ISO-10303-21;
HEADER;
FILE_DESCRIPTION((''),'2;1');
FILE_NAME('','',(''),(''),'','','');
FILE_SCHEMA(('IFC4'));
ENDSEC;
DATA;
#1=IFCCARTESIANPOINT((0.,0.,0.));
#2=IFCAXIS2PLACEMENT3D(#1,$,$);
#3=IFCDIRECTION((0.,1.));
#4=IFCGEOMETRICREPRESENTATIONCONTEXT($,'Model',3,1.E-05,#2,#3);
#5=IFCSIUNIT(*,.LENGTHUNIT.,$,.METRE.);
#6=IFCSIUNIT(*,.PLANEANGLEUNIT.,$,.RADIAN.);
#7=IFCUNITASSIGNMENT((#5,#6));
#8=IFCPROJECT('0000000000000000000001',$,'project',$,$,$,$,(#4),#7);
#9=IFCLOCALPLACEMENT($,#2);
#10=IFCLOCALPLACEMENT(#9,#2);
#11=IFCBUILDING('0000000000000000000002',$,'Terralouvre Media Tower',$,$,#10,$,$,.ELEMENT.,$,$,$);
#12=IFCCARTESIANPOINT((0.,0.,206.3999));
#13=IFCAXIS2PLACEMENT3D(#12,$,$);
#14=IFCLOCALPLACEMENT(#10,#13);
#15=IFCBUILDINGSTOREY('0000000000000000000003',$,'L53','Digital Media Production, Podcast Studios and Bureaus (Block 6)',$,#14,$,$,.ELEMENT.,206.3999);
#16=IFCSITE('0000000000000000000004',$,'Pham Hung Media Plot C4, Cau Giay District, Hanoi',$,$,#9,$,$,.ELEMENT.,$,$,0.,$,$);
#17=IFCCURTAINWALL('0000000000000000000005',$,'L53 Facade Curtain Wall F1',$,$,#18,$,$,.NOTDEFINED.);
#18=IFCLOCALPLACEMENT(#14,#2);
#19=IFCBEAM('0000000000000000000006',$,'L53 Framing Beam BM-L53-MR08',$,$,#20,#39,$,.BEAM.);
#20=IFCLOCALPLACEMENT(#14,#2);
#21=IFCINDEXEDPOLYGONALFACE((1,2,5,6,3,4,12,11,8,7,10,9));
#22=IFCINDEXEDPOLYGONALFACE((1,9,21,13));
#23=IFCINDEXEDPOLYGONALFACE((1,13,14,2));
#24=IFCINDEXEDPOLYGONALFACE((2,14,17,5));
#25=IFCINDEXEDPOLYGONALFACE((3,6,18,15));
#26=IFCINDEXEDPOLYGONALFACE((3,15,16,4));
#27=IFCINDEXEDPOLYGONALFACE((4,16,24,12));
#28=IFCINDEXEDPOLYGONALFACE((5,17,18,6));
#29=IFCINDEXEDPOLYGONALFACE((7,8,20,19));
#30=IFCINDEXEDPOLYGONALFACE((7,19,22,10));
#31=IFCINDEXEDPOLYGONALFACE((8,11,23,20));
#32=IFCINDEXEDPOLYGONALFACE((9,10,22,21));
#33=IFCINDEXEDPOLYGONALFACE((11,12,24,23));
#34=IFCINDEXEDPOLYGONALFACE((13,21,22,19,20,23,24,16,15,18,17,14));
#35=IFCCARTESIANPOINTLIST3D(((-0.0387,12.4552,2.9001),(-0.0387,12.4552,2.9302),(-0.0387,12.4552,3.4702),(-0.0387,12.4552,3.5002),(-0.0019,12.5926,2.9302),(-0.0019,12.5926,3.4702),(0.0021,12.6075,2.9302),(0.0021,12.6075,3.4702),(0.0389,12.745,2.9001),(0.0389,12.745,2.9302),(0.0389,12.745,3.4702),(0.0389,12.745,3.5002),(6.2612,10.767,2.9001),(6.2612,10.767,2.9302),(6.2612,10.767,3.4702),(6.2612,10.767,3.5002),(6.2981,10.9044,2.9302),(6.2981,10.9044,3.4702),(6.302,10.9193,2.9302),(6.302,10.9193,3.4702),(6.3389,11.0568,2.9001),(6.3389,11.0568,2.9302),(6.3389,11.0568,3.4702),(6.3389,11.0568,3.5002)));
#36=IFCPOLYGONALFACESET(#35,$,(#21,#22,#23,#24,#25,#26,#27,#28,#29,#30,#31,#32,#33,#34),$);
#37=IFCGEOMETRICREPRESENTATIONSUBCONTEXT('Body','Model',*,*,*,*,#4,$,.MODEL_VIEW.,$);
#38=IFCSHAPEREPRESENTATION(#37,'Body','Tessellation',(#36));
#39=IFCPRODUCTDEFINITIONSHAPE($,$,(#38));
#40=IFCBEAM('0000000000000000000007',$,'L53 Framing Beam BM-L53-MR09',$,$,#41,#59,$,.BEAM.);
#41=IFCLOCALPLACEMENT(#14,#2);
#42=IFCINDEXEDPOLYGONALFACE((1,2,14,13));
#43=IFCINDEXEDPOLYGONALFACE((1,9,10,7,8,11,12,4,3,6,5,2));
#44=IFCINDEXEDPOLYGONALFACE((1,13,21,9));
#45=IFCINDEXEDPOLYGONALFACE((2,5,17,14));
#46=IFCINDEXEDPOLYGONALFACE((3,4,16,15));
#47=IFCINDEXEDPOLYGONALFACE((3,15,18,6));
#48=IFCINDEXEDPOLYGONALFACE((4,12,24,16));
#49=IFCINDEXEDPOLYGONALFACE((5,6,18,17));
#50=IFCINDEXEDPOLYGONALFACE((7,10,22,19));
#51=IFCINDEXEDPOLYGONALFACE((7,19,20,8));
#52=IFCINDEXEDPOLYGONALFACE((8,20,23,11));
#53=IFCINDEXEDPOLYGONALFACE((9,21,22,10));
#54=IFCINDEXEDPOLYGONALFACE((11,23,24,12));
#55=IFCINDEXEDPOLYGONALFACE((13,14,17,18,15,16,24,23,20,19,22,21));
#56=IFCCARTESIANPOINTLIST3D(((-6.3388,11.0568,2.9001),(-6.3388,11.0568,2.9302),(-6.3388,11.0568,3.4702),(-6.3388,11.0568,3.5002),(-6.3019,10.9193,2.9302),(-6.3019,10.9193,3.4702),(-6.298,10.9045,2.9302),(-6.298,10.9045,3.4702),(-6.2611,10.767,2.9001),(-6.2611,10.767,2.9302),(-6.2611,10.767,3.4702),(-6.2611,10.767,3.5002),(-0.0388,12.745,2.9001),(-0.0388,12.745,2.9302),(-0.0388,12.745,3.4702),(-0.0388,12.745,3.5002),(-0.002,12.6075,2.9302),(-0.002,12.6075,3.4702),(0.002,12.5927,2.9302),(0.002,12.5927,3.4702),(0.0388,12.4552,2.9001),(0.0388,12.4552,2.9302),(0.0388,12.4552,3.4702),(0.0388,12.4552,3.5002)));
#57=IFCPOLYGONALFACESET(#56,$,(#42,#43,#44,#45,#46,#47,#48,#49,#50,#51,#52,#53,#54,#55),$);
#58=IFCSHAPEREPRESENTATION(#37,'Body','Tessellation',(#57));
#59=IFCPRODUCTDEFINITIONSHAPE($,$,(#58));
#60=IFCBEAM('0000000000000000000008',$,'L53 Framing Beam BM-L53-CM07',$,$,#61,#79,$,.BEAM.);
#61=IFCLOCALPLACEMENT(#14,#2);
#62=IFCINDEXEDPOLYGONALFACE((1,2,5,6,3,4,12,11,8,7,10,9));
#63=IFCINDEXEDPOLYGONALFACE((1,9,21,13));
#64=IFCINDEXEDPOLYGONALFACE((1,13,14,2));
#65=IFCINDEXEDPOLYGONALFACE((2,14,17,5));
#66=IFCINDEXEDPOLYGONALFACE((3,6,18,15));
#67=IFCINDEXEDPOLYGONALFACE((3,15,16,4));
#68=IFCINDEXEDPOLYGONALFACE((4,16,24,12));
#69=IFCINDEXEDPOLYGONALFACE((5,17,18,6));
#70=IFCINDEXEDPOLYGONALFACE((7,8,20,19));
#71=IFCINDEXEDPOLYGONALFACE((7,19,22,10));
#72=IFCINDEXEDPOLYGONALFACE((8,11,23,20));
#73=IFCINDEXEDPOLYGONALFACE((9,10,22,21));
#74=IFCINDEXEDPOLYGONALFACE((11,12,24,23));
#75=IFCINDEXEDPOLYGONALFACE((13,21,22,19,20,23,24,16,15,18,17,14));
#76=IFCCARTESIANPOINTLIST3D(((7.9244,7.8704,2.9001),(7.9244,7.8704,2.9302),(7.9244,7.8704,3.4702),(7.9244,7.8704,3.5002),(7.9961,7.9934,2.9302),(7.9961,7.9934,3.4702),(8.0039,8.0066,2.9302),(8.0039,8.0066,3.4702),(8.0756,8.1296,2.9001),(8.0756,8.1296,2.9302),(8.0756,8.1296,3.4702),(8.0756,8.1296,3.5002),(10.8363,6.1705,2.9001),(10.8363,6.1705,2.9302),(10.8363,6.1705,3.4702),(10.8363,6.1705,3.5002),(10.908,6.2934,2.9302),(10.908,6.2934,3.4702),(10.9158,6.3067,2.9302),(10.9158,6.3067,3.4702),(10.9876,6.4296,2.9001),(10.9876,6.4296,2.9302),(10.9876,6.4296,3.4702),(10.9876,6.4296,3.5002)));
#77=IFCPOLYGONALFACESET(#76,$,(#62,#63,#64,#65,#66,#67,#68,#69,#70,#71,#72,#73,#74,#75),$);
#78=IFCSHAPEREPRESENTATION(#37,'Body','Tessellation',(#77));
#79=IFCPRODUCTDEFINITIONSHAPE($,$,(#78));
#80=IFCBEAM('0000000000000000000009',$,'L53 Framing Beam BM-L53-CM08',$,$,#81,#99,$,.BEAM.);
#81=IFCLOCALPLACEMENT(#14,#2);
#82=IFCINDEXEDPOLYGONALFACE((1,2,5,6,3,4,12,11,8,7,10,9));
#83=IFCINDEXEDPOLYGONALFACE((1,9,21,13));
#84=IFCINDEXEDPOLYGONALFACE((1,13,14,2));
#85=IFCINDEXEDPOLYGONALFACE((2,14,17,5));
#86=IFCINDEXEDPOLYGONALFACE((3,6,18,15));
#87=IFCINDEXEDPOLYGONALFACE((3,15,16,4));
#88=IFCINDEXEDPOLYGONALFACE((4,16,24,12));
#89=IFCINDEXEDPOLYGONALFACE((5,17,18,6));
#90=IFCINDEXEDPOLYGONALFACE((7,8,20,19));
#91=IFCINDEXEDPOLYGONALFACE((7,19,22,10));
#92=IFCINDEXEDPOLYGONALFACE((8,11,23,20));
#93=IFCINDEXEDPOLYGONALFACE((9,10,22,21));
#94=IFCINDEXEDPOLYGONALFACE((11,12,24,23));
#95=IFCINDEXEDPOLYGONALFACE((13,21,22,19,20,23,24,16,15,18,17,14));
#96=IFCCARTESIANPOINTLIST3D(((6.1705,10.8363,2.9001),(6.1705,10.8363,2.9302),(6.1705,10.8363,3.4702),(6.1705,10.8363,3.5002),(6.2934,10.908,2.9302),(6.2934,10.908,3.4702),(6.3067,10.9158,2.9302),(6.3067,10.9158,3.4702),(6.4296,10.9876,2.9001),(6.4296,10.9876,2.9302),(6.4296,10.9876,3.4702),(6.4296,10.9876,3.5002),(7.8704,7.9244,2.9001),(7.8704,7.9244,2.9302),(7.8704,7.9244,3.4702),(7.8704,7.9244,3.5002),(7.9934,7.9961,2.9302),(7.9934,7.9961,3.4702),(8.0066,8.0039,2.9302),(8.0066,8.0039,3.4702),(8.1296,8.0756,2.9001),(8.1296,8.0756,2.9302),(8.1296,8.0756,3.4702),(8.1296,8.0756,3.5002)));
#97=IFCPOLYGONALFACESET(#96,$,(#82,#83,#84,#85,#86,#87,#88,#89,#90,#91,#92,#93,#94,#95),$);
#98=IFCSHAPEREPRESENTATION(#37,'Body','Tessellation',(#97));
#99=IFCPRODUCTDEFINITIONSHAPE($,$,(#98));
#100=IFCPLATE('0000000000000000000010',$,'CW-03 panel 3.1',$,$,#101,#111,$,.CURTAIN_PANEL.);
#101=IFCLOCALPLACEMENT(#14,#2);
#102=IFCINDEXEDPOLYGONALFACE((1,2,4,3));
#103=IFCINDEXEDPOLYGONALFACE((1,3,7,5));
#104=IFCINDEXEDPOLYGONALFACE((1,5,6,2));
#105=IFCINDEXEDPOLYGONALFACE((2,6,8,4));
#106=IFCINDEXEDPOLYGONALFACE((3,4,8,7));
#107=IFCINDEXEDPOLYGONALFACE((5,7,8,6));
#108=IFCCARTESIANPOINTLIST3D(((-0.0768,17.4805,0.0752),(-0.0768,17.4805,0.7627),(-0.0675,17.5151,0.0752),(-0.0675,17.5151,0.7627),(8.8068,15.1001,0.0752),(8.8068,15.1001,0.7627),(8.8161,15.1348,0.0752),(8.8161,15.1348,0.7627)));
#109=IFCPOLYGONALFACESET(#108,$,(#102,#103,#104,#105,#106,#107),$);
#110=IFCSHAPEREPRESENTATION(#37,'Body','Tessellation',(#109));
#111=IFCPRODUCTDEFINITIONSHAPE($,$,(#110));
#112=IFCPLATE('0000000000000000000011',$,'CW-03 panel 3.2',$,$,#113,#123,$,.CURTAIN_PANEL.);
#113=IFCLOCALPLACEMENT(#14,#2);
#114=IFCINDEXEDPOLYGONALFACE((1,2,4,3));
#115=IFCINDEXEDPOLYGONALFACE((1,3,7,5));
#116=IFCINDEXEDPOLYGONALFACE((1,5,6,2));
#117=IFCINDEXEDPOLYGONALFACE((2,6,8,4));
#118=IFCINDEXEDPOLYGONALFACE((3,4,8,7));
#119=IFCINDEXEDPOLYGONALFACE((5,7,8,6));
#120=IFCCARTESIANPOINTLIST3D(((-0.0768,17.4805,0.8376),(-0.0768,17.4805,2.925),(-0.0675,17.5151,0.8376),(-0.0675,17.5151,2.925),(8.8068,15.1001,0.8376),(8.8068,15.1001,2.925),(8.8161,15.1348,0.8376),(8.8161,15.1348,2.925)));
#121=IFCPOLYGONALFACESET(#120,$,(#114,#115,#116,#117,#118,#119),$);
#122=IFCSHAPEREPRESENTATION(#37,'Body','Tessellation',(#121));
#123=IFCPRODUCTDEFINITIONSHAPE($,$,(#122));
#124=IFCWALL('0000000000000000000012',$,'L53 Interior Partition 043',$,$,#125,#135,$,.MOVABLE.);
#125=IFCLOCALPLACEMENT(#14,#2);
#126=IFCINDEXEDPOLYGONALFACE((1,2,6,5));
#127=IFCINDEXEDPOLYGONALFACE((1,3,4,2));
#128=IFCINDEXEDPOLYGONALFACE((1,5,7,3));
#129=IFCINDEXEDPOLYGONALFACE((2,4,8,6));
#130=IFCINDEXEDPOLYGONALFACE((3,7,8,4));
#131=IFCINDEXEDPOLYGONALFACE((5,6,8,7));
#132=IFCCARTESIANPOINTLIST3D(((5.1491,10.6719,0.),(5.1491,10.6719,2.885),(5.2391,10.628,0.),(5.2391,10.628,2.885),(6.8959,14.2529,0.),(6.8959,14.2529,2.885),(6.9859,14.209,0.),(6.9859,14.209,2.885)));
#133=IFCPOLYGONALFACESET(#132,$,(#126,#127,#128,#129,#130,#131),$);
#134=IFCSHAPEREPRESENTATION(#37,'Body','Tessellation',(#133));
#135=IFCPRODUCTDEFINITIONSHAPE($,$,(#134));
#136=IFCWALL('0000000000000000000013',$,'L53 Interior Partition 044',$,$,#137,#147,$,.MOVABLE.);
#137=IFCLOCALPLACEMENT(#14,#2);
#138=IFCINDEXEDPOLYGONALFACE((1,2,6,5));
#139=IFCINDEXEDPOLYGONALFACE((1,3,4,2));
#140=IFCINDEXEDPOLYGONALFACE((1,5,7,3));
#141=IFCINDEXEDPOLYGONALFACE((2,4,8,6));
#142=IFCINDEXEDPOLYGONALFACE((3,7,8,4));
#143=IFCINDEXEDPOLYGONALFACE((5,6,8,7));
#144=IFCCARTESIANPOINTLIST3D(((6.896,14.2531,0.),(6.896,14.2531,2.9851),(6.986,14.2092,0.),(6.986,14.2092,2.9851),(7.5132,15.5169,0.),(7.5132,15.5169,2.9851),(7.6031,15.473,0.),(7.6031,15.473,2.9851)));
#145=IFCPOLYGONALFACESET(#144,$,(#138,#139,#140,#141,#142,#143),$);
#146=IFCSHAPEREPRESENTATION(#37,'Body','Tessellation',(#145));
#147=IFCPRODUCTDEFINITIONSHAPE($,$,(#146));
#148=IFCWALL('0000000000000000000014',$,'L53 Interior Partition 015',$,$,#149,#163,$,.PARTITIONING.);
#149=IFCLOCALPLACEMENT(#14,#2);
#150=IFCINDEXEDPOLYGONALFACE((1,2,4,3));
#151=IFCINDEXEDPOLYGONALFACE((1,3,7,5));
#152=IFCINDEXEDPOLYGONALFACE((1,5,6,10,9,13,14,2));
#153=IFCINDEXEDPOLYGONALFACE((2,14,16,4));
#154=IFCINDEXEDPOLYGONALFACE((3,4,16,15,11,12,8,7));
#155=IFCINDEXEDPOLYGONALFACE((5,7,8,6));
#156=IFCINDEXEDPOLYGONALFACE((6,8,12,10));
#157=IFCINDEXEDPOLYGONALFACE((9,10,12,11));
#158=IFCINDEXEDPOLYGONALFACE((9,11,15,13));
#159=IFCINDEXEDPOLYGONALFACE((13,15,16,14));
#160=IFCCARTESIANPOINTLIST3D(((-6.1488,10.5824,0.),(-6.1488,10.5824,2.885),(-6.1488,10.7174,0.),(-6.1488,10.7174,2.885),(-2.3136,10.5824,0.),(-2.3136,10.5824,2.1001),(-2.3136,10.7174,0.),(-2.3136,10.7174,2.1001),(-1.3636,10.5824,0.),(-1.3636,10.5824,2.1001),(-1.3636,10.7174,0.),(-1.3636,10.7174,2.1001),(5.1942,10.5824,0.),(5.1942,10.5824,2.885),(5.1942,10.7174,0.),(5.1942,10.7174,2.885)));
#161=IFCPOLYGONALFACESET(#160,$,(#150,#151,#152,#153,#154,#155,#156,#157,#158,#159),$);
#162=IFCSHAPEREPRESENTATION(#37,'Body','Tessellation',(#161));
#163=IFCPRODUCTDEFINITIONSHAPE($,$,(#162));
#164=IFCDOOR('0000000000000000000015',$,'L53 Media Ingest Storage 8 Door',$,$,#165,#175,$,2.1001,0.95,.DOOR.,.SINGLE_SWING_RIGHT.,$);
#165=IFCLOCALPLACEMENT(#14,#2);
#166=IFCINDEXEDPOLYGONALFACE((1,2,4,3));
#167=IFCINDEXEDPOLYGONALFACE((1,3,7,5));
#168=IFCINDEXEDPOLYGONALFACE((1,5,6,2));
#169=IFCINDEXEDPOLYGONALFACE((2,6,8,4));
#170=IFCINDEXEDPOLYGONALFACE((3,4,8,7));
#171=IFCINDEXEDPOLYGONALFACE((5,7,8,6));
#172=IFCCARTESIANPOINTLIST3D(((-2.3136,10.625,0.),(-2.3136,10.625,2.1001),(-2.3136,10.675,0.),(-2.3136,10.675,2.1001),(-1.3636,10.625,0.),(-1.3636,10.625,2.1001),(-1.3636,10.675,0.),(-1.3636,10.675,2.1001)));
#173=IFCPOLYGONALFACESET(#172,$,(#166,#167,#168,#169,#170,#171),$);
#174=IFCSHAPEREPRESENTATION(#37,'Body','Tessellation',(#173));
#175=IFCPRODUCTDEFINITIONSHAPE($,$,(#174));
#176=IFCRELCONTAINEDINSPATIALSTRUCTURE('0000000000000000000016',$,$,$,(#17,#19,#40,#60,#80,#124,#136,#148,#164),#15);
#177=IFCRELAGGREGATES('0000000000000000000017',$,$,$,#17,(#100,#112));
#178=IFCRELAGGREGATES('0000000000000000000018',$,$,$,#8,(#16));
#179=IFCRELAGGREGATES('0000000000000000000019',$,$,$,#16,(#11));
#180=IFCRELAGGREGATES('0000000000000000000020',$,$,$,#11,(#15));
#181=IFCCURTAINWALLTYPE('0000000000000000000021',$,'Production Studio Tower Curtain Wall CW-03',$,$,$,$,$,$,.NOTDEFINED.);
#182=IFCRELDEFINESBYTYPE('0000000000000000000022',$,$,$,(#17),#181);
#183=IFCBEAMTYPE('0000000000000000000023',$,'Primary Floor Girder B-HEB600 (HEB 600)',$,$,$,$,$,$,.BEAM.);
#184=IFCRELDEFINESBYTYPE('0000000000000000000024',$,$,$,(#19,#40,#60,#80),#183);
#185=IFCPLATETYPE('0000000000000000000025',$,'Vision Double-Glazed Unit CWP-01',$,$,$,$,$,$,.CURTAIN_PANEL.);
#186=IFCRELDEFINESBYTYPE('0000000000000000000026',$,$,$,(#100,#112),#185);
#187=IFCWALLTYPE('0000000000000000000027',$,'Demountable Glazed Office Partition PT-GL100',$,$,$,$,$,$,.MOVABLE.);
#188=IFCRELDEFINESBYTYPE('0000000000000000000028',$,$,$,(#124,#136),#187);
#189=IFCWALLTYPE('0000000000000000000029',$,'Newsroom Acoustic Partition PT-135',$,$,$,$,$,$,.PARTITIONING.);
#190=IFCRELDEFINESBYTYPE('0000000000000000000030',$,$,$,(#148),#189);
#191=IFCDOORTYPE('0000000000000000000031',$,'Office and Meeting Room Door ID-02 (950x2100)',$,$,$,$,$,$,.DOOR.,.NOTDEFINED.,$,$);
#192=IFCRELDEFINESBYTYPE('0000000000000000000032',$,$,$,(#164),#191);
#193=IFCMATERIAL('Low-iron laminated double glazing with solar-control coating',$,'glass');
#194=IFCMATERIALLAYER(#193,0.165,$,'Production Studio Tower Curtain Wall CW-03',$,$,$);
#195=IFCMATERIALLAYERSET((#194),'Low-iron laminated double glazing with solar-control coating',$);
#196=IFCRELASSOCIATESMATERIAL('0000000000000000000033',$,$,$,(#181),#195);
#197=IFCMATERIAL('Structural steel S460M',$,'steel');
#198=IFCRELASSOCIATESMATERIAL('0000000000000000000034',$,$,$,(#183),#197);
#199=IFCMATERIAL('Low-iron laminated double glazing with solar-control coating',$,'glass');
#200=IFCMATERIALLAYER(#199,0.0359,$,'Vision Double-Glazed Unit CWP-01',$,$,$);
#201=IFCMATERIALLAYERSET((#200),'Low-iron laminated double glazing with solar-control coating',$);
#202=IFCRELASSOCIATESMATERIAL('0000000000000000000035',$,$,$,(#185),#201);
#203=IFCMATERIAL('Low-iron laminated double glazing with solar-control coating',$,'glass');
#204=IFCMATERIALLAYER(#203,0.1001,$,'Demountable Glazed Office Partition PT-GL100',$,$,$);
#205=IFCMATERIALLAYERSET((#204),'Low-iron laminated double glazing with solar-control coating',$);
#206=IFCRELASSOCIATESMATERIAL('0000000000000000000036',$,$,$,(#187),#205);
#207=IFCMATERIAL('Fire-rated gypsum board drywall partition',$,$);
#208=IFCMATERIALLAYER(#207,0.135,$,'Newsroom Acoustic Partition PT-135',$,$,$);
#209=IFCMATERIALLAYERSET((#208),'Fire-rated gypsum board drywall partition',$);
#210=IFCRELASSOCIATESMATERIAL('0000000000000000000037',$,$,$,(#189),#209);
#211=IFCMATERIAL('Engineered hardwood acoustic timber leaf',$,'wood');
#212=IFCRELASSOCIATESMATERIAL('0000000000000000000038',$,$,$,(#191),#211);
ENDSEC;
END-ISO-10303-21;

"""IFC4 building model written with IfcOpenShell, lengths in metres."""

from ifc_helpers import new_model, si_unit, direction, frame, frame_2d, origin, origin_2d, place, context, subcontext, project, spatial, rectangle, i_section, extrude, material, layer, layer_set, material_profile, profile_set, type_object, element, fill, aggregate, save


model = new_model("IFC4")

# Units and contexts
model_context = context("Model", 3, precision=1e-05, world=origin(), true_north=direction((0.0, 1.0)))
body_context = subcontext(model_context, "Body", "Model", "MODEL_VIEW")
ifc_project = project(units=[si_unit("LENGTHUNIT", "METRE"), si_unit("PLANEANGLEUNIT", "RADIAN")], contexts=[model_context])

# Site, building, storey
site_placement = place(None, origin())
site = spatial("IfcSite", under=ifc_project, at=site_placement, Name="Pham Hung Media Plot C4, Cau Giay District, Hanoi", CompositionType="ELEMENT", RefElevation=0.0)
building_placement = place(site_placement, origin())
building = spatial("IfcBuilding", under=site, at=building_placement, Name="Terralouvre Media Tower", CompositionType="ELEMENT")
storey_placement = place(building_placement, frame((0.0, 0.0, 206.3999)))
storey = spatial("IfcBuildingStorey", under=building, at=storey_placement, Name="L53", Description="Digital Media Production, Podcast Studios and Bureaus (Block 6)", CompositionType="ELEMENT", Elevation=206.3999)

# Curtain wall
ifc_material_1 = material(Name="Low-iron laminated double glazing with solar-control coating", Category="glass")
ifc_layer_1 = layer(ifc_material_1, 0.165, Name="Production Studio Tower Curtain Wall CW-03")
ifc_layer_set_1 = layer_set([ifc_layer_1], Name="Low-iron laminated double glazing with solar-control coating")
curtain_wall_type = type_object("IfcCurtainWallType", Name="Production Studio Tower Curtain Wall CW-03", PredefinedType="NOTDEFINED", material=ifc_layer_set_1)
curtain_wall_placement = place(storey_placement, origin())
curtain_wall = element("IfcCurtainWall", 1, at=curtain_wall_placement, inside=storey, type_object=curtain_wall_type, Name="L53 Facade Curtain Wall F1", PredefinedType="NOTDEFINED")

# Beams
ifc_material_2 = material(Name="Structural steel S460M", Category="steel")
ifc_material_profile_1 = material_profile(ifc_material_2, i_section(OverallWidth=0.3, OverallDepth=0.6001, WebThickness=0.0154, FlangeThickness=0.03, at=origin_2d()), Name="HEB 600")
ifc_profile_set_1 = profile_set([ifc_material_profile_1], Name="Structural steel S460M")
beam_type_1 = type_object("IfcBeamType", Name="Primary Floor Girder B-HEB600 (HEB 600)", PredefinedType="BEAM", material=ifc_profile_set_1)
for number, where, z_axis, x_axis, name in (
    (2, (6.3, 10.9119, 3.2002), (-0.96592, 0.258839, 0.0), (-0.258839, -0.96592, 0.0), "L53 Framing Beam BM-L53-MR08"),
    (3, (0.0, 12.6001, 3.2002), (-0.96592, -0.258839, 0.0), (0.258839, -0.96592, 0.0), "L53 Framing Beam BM-L53-MR09"),
):
    element("IfcBeam", number, at=place(storey_placement, frame(where, z_axis=z_axis, x_axis=x_axis)), inside=storey, type_object=beam_type_1, Name=name, PredefinedType="BEAM", context=body_context, shape_type="SweptSolid", body=[
        extrude(i_section(OverallWidth=0.3, OverallDepth=0.6001, WebThickness=0.0154, FlangeThickness=0.03, at=origin_2d()), origin(), (0.0, 0.0, 1.0), 6.5222),
    ])
for number, where, z_axis, x_axis, name in (
    (4, (8.0, 8.0, 3.2002), (0.863603, -0.504173, 0.0), (0.504173, 0.863603, 0.0), "L53 Framing Beam BM-L53-CM07"),
    (5, (8.0, 8.0, 3.2002), (-0.504173, 0.863603, 0.0), (-0.863603, -0.504173, 0.0), "L53 Framing Beam BM-L53-CM08"),
):
    element("IfcBeam", number, at=place(storey_placement, frame(where, z_axis=z_axis, x_axis=x_axis)), inside=storey, type_object=beam_type_1, Name=name, PredefinedType="BEAM", context=body_context, shape_type="SweptSolid", body=[
        extrude(i_section(OverallWidth=0.3, OverallDepth=0.6001, WebThickness=0.0154, FlangeThickness=0.03, at=origin_2d()), origin(), (0.0, 0.0, 1.0), 3.3718),
    ])

# Plates
ifc_material_3 = material(Name="Low-iron laminated double glazing with solar-control coating", Category="glass")
ifc_layer_2 = layer(ifc_material_3, 0.0359, Name="Vision Double-Glazed Unit CWP-01")
ifc_layer_set_2 = layer_set([ifc_layer_2], Name="Low-iron laminated double glazing with solar-control coating")
plate_type = type_object("IfcPlateType", Name="Vision Double-Glazed Unit CWP-01", PredefinedType="CURTAIN_PANEL", material=ifc_layer_set_2)
plate_1_placement = place(storey_placement, frame((4.3696, 16.3076, 0.0752), z_axis=(0.0, 0.0, 1.0), x_axis=(-0.965926, 0.258819, 0.0)))
plate_1 = element("IfcPlate", 6, at=plate_1_placement, type_object=plate_type, Name="CW-03 panel 3.1", PredefinedType="CURTAIN_PANEL", context=body_context, shape_type="SweptSolid", body=[
    extrude(rectangle(XDim=9.197, YDim=0.0359, at=origin_2d()), origin(), (0.0, 0.0, 1.0), 0.6875),
])
plate_2_placement = place(storey_placement, frame((4.3696, 16.3076, 0.8376), z_axis=(0.0, 0.0, 1.0), x_axis=(-0.965926, 0.258819, 0.0)))
plate_2 = element("IfcPlate", 7, at=plate_2_placement, type_object=plate_type, Name="CW-03 panel 3.2", PredefinedType="CURTAIN_PANEL", context=body_context, shape_type="SweptSolid", body=[
    extrude(rectangle(XDim=9.197, YDim=0.0359, at=origin_2d()), origin(), (0.0, 0.0, 1.0), 2.0874),
])
aggregate(curtain_wall, [plate_1, plate_2])

# Walls
ifc_material_4 = material(Name="Low-iron laminated double glazing with solar-control coating", Category="glass")
ifc_layer_3 = layer(ifc_material_4, 0.1001, Name="Demountable Glazed Office Partition PT-GL100")
ifc_layer_set_3 = layer_set([ifc_layer_3], Name="Low-iron laminated double glazing with solar-control coating")
wall_type_1 = type_object("IfcWallType", Name="Demountable Glazed Office Partition PT-GL100", PredefinedType="MOVABLE", material=ifc_layer_set_3)
wall_1_placement = place(storey_placement, frame((6.9409, 14.231, 0.0), z_axis=(0.0, 0.0, 1.0), x_axis=(-0.438418, -0.898771, 0.0)))
element("IfcWall", 8, at=wall_1_placement, inside=storey, type_object=wall_type_1, Name="L53 Interior Partition 043", PredefinedType="MOVABLE", context=body_context, shape_type="SweptSolid", body=[
    extrude(rectangle(XDim=3.9844, YDim=0.1001, at=frame_2d((1.9922, 0.0))), origin(), (0.0, 0.0, 1.0), 2.885),
])
wall_2_placement = place(storey_placement, frame((7.5581, 15.4949, 0.0), z_axis=(0.0, 0.0, 1.0), x_axis=(-0.438793, -0.898588, 0.0)))
element("IfcWall", 9, at=wall_2_placement, inside=storey, type_object=wall_type_1, Name="L53 Interior Partition 044", PredefinedType="MOVABLE", context=body_context, shape_type="SweptSolid", body=[
    extrude(rectangle(XDim=1.4065, YDim=0.1001, at=frame_2d((0.7031, 0.0))), origin(), (0.0, 0.0, 1.0), 2.9851),
])

# Wall, opening, door
ifc_material_5 = material(Name="Fire-rated gypsum board drywall partition")
ifc_layer_4 = layer(ifc_material_5, 0.135, Name="Newsroom Acoustic Partition PT-135")
ifc_layer_set_4 = layer_set([ifc_layer_4], Name="Fire-rated gypsum board drywall partition")
wall_type_2 = type_object("IfcWallType", Name="Newsroom Acoustic Partition PT-135", PredefinedType="PARTITIONING", material=ifc_layer_set_4)
wall_3_placement = place(storey_placement, frame((5.1941, 10.6499, 0.0), z_axis=(0.0, 0.0, 1.0), x_axis=(-1.0, 0.0, 0.0)))
wall_3 = element("IfcWall", 10, at=wall_3_placement, inside=storey, type_object=wall_type_2, Name="L53 Interior Partition 015", PredefinedType="PARTITIONING", context=body_context, shape_type="SweptSolid", body=[
    extrude(rectangle(XDim=11.343, YDim=0.135, at=frame_2d((5.6714, 0.0))), origin(), (0.0, 0.0, 1.0), 2.885),
])
opening_1_placement = place(wall_3_placement, frame((6.5576, 0.0, 0.0)))
opening_1 = element("IfcOpeningElement", 11, at=opening_1_placement, cuts=wall_3, PredefinedType="OPENING", context=body_context, shape_type="SweptSolid", body=[
    extrude(rectangle(XDim=0.95, YDim=2.1001, at=frame_2d((0.4751, 1.05))), frame((0.0, 0.0774, 0.0), z_axis=(0.0, -1.0, 0.0), x_axis=(1.0, 0.0, 0.0)), (0.0, 0.0, 1.0), 0.155),
])
ifc_material_6 = material(Name="Engineered hardwood acoustic timber leaf", Category="wood")
door_type_1 = type_object("IfcDoorType", Name="Office and Meeting Room Door ID-02 (950x2100)", OperationType="NOTDEFINED", PredefinedType="DOOR", material=ifc_material_6)
door_1_placement = place(opening_1_placement, origin())
door_1 = element("IfcDoor", 12, at=door_1_placement, inside=storey, type_object=door_type_1, Name="L53 Media Ingest Storage 8 Door", OperationType="SINGLE_SWING_RIGHT", OverallHeight=2.1001, OverallWidth=0.95, PredefinedType="DOOR", context=body_context, shape_type="SweptSolid", body=[
    extrude(rectangle(XDim=0.95, YDim=2.1001, at=frame_2d((0.4751, 1.05))), frame((0.0, 0.0249, 0.0), z_axis=(0.0, -1.0, 0.0), x_axis=(1.0, 0.0, 0.0)), (0.0, 0.0, 1.0), 0.05),
])
fill(opening_1, door_1)

save(model, "model.ifc")
